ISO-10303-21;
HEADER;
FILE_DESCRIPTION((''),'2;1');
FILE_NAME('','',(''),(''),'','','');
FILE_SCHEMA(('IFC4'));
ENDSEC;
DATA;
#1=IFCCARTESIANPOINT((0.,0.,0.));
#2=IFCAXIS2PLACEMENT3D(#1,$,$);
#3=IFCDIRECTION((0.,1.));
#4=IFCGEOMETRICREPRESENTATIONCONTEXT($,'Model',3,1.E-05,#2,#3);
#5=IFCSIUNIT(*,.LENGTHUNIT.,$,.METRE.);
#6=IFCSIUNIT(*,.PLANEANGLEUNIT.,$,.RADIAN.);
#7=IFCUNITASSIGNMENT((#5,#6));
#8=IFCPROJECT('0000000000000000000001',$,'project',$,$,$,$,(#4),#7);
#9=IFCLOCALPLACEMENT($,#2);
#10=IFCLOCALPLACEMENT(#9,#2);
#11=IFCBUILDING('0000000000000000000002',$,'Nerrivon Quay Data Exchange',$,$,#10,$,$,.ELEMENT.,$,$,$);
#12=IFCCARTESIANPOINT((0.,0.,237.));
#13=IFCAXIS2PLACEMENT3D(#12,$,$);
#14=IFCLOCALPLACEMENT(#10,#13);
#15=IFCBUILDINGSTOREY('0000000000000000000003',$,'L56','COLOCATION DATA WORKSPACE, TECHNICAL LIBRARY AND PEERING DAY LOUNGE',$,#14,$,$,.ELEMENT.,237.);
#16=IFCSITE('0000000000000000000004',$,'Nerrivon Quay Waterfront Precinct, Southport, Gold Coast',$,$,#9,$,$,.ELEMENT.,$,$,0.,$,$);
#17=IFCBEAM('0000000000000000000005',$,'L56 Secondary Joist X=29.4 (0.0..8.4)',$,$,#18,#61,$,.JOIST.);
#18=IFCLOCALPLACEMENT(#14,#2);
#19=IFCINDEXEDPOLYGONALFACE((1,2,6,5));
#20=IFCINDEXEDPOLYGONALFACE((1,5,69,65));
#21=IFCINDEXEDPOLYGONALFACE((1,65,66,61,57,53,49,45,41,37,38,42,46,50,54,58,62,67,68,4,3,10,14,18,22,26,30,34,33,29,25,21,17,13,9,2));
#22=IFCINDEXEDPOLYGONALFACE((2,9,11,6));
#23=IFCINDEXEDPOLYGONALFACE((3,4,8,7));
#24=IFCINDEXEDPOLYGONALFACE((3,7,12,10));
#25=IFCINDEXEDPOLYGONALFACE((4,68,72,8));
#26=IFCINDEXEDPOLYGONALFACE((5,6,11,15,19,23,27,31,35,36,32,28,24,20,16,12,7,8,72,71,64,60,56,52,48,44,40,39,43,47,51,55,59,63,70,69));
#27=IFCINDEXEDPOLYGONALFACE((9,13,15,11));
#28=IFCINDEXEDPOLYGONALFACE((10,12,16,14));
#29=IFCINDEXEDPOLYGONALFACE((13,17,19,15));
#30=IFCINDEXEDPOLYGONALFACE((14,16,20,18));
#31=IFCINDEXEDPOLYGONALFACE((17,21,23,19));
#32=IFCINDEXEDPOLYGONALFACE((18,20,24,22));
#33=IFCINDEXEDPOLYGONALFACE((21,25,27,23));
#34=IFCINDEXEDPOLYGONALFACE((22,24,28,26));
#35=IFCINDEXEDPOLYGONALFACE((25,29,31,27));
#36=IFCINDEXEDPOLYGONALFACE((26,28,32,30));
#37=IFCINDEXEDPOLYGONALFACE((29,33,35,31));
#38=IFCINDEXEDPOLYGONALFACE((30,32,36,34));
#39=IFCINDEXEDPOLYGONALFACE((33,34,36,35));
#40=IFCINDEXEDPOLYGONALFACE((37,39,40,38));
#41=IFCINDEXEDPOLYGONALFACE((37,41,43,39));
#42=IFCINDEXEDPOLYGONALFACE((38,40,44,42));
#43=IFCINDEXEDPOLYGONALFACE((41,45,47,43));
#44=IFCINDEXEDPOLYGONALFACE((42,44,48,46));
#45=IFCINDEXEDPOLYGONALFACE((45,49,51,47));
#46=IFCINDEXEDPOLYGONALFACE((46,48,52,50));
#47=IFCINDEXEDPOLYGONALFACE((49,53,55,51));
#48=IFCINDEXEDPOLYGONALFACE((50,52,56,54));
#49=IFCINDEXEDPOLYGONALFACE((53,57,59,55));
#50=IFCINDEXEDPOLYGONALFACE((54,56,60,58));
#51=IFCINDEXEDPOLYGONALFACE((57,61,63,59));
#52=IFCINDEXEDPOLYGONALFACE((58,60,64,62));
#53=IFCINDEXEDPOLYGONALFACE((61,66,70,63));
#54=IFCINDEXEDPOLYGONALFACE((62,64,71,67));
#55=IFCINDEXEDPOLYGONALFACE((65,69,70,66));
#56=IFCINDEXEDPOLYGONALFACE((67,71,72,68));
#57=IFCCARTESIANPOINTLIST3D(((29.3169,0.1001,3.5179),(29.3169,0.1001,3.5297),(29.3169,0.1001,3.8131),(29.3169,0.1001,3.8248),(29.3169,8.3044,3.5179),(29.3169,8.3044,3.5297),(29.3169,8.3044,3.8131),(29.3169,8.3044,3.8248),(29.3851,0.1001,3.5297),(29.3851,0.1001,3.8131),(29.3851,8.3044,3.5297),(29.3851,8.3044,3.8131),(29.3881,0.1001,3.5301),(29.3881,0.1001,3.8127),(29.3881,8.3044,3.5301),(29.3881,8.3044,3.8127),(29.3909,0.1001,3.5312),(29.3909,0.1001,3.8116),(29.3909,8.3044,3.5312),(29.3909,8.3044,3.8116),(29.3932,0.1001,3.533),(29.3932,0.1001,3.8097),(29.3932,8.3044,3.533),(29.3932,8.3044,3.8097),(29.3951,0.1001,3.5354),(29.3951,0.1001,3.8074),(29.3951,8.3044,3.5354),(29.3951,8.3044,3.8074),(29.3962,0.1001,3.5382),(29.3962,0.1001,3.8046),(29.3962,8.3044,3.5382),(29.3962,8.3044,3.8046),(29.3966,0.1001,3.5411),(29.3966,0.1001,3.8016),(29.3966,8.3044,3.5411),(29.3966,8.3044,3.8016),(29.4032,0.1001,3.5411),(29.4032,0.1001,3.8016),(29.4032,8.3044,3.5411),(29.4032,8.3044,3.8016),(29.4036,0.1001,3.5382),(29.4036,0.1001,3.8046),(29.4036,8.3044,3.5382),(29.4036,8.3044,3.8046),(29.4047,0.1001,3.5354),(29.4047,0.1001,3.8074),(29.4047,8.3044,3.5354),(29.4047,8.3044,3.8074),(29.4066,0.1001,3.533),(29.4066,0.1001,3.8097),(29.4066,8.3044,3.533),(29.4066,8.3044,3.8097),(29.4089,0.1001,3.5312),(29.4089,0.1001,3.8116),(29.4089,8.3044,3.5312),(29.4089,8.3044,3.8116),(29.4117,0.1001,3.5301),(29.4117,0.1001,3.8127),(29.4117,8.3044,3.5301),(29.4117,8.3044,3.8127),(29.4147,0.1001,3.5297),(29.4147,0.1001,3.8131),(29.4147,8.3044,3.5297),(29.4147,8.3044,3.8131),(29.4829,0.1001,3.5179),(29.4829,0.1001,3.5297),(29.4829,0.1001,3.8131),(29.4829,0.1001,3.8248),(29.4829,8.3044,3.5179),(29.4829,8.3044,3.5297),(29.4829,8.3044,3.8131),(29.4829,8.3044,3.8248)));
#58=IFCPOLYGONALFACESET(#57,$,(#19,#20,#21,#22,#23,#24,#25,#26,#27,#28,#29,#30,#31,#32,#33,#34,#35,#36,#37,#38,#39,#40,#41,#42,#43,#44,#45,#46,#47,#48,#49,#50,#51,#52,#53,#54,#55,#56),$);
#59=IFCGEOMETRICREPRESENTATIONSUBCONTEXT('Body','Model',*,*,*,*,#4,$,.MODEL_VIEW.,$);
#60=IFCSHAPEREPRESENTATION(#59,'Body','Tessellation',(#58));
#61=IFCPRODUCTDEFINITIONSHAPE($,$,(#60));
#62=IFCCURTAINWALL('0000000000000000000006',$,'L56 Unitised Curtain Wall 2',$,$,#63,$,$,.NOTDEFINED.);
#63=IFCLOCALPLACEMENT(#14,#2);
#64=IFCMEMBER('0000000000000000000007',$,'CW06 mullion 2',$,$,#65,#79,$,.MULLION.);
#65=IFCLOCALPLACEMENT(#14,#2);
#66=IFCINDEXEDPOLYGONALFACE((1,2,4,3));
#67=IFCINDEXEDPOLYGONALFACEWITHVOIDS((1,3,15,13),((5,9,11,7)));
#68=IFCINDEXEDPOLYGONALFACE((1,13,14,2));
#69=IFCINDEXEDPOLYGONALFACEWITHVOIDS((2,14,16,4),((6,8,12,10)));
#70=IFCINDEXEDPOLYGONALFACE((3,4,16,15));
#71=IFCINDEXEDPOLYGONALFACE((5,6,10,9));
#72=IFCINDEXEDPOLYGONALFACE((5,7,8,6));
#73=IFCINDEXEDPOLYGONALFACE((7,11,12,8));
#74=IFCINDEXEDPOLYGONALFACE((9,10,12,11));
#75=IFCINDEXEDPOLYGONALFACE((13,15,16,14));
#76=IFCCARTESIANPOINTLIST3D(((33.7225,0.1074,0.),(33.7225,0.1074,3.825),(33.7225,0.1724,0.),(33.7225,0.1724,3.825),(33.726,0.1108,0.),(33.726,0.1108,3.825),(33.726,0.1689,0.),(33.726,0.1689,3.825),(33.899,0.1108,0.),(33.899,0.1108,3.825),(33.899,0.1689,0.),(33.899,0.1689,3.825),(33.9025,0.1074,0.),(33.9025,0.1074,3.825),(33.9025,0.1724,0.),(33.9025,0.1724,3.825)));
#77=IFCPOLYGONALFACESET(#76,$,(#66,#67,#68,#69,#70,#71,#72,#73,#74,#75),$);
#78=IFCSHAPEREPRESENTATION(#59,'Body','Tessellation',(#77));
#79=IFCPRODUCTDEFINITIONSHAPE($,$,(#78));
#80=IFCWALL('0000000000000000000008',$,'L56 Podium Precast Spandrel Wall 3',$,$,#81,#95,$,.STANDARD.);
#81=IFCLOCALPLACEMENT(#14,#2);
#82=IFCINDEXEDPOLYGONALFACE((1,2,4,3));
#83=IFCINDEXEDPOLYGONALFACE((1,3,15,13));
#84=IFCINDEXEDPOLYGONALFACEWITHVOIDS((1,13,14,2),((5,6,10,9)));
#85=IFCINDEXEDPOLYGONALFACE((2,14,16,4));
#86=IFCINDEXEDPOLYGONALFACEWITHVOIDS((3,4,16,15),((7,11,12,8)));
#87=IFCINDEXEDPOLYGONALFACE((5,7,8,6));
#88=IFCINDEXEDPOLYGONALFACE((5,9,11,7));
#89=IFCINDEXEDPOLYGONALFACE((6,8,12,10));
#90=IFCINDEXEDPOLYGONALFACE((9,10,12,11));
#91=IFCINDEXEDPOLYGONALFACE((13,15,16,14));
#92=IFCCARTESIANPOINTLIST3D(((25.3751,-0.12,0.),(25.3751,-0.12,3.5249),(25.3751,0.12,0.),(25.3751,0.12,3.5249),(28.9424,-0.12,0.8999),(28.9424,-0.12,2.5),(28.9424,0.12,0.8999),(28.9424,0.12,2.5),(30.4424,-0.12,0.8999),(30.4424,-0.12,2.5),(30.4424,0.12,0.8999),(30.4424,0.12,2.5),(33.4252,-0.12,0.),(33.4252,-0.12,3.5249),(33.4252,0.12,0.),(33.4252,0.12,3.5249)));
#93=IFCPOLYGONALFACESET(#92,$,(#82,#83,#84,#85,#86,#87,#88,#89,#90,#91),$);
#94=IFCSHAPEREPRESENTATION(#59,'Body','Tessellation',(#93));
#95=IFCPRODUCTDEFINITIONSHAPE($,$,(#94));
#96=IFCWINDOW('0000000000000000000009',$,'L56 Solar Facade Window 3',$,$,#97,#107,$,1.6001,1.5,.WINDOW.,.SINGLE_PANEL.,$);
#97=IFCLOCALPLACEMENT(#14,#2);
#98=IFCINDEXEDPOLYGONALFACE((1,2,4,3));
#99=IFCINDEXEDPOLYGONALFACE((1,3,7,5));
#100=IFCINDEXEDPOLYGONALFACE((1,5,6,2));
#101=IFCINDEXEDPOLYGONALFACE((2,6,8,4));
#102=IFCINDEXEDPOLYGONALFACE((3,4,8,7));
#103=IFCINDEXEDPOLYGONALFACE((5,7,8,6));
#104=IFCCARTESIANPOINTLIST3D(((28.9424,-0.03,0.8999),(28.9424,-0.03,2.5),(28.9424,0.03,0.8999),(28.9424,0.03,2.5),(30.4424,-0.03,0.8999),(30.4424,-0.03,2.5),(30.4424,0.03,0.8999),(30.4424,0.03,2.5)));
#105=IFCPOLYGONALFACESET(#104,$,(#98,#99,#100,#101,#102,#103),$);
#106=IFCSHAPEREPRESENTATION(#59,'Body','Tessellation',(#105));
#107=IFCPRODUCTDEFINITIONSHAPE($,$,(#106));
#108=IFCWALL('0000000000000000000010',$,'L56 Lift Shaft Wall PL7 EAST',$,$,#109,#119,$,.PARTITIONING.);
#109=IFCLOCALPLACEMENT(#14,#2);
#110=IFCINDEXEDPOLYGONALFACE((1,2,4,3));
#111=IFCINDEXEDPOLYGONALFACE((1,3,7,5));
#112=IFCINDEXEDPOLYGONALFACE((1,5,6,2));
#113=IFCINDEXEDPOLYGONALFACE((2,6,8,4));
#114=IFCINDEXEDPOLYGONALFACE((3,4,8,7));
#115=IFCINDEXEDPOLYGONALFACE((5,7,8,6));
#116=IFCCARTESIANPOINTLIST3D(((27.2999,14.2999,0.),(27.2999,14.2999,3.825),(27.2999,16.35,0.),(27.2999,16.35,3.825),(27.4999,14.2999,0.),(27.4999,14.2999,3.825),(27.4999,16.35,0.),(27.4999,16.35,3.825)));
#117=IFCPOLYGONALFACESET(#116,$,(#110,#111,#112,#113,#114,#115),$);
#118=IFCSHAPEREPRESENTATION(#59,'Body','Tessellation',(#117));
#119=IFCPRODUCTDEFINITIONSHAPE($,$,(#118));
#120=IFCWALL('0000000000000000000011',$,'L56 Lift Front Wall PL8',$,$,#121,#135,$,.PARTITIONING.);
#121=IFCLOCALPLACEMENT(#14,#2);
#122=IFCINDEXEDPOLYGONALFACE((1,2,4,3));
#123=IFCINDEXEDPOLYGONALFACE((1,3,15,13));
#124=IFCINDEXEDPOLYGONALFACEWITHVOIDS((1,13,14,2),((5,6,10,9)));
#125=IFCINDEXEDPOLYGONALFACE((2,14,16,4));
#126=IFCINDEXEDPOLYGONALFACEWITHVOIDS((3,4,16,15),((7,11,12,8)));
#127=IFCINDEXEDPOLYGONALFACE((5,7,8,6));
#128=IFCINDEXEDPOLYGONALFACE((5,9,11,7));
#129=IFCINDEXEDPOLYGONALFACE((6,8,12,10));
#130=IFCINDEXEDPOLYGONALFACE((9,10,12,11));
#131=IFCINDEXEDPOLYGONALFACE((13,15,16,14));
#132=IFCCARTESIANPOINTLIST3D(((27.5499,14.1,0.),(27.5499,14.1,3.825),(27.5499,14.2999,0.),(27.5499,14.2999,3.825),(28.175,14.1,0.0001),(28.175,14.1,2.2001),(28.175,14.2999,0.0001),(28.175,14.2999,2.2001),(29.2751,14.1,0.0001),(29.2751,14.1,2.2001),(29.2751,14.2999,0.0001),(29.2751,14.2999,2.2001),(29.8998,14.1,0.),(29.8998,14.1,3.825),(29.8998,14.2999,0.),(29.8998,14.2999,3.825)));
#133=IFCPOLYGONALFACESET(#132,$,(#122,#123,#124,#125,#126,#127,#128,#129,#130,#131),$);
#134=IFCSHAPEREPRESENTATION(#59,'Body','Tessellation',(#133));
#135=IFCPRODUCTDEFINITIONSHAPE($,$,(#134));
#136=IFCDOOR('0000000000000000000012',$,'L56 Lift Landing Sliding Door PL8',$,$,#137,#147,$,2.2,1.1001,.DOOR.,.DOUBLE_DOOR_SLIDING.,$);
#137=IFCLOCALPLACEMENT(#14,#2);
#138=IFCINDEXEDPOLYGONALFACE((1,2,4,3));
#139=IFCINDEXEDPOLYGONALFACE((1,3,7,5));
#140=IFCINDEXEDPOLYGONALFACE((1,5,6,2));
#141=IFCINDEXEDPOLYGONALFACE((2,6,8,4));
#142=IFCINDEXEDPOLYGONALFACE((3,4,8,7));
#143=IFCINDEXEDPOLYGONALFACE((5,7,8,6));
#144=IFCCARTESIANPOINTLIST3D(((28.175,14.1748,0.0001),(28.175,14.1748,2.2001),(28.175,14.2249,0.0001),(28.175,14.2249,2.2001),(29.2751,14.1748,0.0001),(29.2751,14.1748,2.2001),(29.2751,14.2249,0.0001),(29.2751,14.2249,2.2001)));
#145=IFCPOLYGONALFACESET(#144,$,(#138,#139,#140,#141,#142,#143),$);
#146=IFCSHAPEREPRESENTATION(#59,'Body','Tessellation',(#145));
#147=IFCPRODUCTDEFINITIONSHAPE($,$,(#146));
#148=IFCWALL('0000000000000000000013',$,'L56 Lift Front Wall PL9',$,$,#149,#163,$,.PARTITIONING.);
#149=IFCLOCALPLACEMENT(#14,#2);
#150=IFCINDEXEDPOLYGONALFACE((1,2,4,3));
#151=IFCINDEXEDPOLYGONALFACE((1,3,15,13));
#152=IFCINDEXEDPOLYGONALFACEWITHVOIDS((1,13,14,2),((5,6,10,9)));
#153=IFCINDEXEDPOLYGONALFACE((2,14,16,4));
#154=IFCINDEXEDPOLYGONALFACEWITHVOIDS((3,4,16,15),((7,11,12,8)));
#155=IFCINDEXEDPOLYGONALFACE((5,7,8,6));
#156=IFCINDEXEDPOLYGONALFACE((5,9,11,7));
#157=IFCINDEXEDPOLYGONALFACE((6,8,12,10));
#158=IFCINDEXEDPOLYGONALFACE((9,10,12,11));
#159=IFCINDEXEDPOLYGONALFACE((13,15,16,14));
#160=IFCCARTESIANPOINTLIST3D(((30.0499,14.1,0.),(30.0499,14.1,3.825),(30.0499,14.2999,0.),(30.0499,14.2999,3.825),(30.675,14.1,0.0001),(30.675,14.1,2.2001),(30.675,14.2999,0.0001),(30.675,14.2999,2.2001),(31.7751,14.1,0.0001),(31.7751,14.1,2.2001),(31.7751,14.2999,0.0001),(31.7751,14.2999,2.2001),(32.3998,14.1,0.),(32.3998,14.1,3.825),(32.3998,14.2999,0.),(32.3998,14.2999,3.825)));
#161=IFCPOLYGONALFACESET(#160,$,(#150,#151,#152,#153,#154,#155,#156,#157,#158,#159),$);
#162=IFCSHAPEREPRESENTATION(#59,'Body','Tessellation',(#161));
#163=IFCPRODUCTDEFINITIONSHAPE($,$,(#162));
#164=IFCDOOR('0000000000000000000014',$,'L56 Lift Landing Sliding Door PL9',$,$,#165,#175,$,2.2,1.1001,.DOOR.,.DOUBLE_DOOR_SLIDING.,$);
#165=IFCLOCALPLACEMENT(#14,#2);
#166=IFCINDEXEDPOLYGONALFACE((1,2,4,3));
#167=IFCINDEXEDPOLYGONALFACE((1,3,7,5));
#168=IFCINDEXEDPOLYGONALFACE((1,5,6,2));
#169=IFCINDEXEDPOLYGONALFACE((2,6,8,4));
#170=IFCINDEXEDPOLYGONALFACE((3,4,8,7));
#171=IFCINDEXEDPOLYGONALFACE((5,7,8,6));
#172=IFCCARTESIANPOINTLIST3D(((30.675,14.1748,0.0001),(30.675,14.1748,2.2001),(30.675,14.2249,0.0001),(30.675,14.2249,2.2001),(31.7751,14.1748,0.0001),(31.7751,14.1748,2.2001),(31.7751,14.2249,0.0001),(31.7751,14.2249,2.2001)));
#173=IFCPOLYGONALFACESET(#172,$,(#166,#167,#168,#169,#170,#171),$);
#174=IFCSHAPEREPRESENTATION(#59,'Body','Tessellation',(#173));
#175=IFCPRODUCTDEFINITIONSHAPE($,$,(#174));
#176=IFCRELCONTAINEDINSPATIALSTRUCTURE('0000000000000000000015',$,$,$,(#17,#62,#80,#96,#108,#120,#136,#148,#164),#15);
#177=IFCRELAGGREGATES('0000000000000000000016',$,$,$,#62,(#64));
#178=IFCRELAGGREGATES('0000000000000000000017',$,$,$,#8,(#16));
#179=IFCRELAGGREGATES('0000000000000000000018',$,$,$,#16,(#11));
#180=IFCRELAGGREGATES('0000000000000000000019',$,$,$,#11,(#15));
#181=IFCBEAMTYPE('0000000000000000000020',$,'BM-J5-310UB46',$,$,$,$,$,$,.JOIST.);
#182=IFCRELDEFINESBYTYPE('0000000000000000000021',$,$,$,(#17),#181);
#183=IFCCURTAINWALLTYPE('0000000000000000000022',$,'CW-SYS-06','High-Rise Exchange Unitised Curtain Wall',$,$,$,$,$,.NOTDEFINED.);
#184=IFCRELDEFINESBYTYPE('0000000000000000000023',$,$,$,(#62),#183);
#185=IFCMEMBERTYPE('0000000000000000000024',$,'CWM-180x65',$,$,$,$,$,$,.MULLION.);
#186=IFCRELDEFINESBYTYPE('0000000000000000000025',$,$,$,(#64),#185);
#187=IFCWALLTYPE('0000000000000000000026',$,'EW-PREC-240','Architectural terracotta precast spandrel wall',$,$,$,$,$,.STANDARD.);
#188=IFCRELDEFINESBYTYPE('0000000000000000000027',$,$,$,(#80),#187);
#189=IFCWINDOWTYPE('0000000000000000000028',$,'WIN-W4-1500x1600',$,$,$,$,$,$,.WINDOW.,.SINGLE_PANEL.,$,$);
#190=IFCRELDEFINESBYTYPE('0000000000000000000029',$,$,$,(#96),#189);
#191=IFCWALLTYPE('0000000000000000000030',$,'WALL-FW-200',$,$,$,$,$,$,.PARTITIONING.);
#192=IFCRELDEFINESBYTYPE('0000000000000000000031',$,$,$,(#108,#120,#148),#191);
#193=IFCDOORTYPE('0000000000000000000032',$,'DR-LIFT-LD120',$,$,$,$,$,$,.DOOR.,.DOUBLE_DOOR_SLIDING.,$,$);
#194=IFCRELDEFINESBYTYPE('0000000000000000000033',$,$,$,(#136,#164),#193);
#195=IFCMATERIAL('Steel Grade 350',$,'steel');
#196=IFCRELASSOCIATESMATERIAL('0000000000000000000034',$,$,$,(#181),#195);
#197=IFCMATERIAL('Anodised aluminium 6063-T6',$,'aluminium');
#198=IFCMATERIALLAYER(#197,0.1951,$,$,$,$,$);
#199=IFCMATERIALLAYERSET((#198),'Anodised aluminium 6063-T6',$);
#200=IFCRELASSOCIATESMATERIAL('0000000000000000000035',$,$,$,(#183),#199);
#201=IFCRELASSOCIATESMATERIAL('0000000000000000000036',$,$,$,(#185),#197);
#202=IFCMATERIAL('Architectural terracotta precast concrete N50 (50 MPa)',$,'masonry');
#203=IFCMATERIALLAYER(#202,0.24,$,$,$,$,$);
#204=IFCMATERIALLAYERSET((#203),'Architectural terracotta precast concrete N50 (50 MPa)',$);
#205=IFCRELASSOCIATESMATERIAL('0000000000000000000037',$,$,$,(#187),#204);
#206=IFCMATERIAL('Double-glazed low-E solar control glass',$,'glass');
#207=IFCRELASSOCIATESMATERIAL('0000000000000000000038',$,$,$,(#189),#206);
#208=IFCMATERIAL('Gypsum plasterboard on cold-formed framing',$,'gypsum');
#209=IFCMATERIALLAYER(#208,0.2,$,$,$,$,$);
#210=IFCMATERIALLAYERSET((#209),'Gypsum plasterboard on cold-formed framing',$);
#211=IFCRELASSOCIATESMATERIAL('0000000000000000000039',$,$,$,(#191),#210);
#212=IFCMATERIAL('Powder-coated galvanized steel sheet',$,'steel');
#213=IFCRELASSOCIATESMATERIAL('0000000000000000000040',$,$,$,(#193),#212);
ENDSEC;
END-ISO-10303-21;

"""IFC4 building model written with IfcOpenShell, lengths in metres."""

from ifc_helpers import new_model, si_unit, direction, frame, frame_2d, origin, origin_2d, place, context, subcontext, project, spatial, rectangle, hollow_rectangle, i_section, extrude, material, layer, layer_set, material_profile, profile_set, type_object, element, fill, aggregate, save


model = new_model("IFC4")

# Units and contexts
model_context = context("Model", 3, precision=1e-05, world=origin(), true_north=direction((0.0, 1.0)))
body_context = subcontext(model_context, "Body", "Model", "MODEL_VIEW")
ifc_project = project(units=[si_unit("LENGTHUNIT", "METRE"), si_unit("PLANEANGLEUNIT", "RADIAN")], contexts=[model_context])

# Site, building, storey
site_placement = place(None, origin())
site = spatial("IfcSite", under=ifc_project, at=site_placement, Name="Nerrivon Quay Waterfront Precinct, Southport, Gold Coast", CompositionType="ELEMENT", RefElevation=0.0)
building_placement = place(site_placement, origin())
building = spatial("IfcBuilding", under=site, at=building_placement, Name="Nerrivon Quay Data Exchange", CompositionType="ELEMENT")
storey_placement = place(building_placement, frame((0.0, 0.0, 237.0)))
storey = spatial("IfcBuildingStorey", under=building, at=storey_placement, Name="L56", Description="COLOCATION DATA WORKSPACE, TECHNICAL LIBRARY AND PEERING DAY LOUNGE", CompositionType="ELEMENT", Elevation=237.0)

# Shared definitions
ifc_material_1 = material(Name="Steel Grade 350", Category="steel")

# Beam
ifc_material_profile_1 = material_profile(ifc_material_1, i_section(OverallWidth=0.166, OverallDepth=0.3069, WebThickness=0.0066, FlangeThickness=0.0117, FilletRadius=0.0115, at=origin_2d()), Name="310UB46.2")
ifc_profile_set_1 = profile_set([ifc_material_profile_1], Name="Steel Grade 350")
beam_type_1 = type_object("IfcBeamType", Name="BM-J5-310UB46", PredefinedType="JOIST", material=ifc_profile_set_1)
beam_1_placement = place(storey_placement, frame((29.3999, 0.1001, 3.6714), z_axis=(0.0, 1.0, 0.0), x_axis=(-1.0, 0.0, 0.0)))
element("IfcBeam", 1, at=beam_1_placement, inside=storey, type_object=beam_type_1, Name="L56 Secondary Joist X=29.4 (0.0..8.4)", PredefinedType="JOIST", context=body_context, shape_type="SweptSolid", body=[
    extrude(i_section(OverallWidth=0.166, OverallDepth=0.3069, WebThickness=0.0066, FlangeThickness=0.0117, FilletRadius=0.0115, at=origin_2d()), origin(), (0.0, 0.0, 1.0), 8.2043),
])

# Curtain wall, member
ifc_material_2 = material(Name="Anodised aluminium 6063-T6", Category="aluminium")
ifc_layer_1 = layer(ifc_material_2, 0.1951)
ifc_layer_set_1 = layer_set([ifc_layer_1], Name="Anodised aluminium 6063-T6")
curtain_wall_type = type_object("IfcCurtainWallType", Name="CW-SYS-06", Description="High-Rise Exchange Unitised Curtain Wall", PredefinedType="NOTDEFINED", material=ifc_layer_set_1)
curtain_wall_placement = place(storey_placement, origin())
curtain_wall = element("IfcCurtainWall", 2, at=curtain_wall_placement, inside=storey, type_object=curtain_wall_type, Name="L56 Unitised Curtain Wall 2", PredefinedType="NOTDEFINED")
ifc_material_profile_2 = material_profile(ifc_material_2, hollow_rectangle(XDim=0.0649, YDim=0.1799, WallThickness=0.0034, at=origin_2d()), Name="ALU-MULL-180x65")
ifc_profile_set_2 = profile_set([ifc_material_profile_2], Name="Anodised aluminium 6063-T6")
member_type = type_object("IfcMemberType", Name="CWM-180x65", PredefinedType="MULLION", material=ifc_profile_set_2)
member_placement = place(storey_placement, frame((33.8125, 0.1399, 0.0), z_axis=(0.0, 0.0, 1.0), x_axis=(0.0, -1.0, 0.0)))
member = element("IfcMember", 3, at=member_placement, type_object=member_type, Name="CW06 mullion 2", PredefinedType="MULLION", context=body_context, shape_type="SweptSolid", body=[
    extrude(hollow_rectangle(XDim=0.0649, YDim=0.1799, WallThickness=0.0034, at=origin_2d()), origin(), (0.0, 0.0, 1.0), 3.825),
])
aggregate(curtain_wall, [member])

# Wall, opening, window
ifc_material_3 = material(Name="Architectural terracotta precast concrete N50 (50 MPa)", Category="masonry")
ifc_layer_2 = layer(ifc_material_3, 0.24)
ifc_layer_set_2 = layer_set([ifc_layer_2], Name="Architectural terracotta precast concrete N50 (50 MPa)")
wall_type_1 = type_object("IfcWallType", Name="EW-PREC-240", Description="Architectural terracotta precast spandrel wall", PredefinedType="STANDARD", material=ifc_layer_set_2)
wall_1_placement = place(storey_placement, frame((33.425, 0.0, 0.0), z_axis=(0.0, 0.0, 1.0), x_axis=(-1.0, 0.0, 0.0)))
wall_1 = element("IfcWall", 4, at=wall_1_placement, inside=storey, type_object=wall_type_1, Name="L56 Podium Precast Spandrel Wall 3", PredefinedType="STANDARD", context=body_context, shape_type="SweptSolid", body=[
    extrude(rectangle(XDim=8.05, YDim=0.24, at=frame_2d((4.0249, 0.0))), origin(), (0.0, 0.0, 1.0), 3.5249),
])
opening_1_placement = place(wall_1_placement, frame((2.9827, 0.0, 0.8999)))
opening_1 = element("IfcOpeningElement", 5, at=opening_1_placement, cuts=wall_1, PredefinedType="OPENING", context=body_context, shape_type="SweptSolid", body=[
    extrude(rectangle(XDim=1.5, YDim=1.6001, at=frame_2d((0.75, 0.8))), frame((0.0, 0.1299, 0.0), z_axis=(0.0, -1.0, 0.0), x_axis=(1.0, 0.0, 0.0)), (0.0, 0.0, 1.0), 0.26),
])
ifc_material_4 = material(Name="Double-glazed low-E solar control glass", Category="glass")
window_type = type_object("IfcWindowType", Name="WIN-W4-1500x1600", PartitioningType="SINGLE_PANEL", PredefinedType="WINDOW", material=ifc_material_4)
window_placement = place(opening_1_placement, origin())
window = element("IfcWindow", 6, at=window_placement, inside=storey, type_object=window_type, Name="L56 Solar Facade Window 3", OverallHeight=1.6001, OverallWidth=1.5, PartitioningType="SINGLE_PANEL", PredefinedType="WINDOW", context=body_context, shape_type="SweptSolid", body=[
    extrude(rectangle(XDim=1.5, YDim=1.6001, at=frame_2d((0.75, 0.8))), frame((0.0, 0.03, 0.0), z_axis=(0.0, -1.0, 0.0), x_axis=(1.0, 0.0, 0.0)), (0.0, 0.0, 1.0), 0.0601),
])
fill(opening_1, window)

# Shared definitions
ifc_material_5 = material(Name="Powder-coated galvanized steel sheet", Category="steel")

# Wall
ifc_material_6 = material(Name="Gypsum plasterboard on cold-formed framing", Category="gypsum")
ifc_layer_3 = layer(ifc_material_6, 0.2)
ifc_layer_set_3 = layer_set([ifc_layer_3], Name="Gypsum plasterboard on cold-formed framing")
wall_type_2 = type_object("IfcWallType", Name="WALL-FW-200", PredefinedType="PARTITIONING", material=ifc_layer_set_3)
wall_2_placement = place(storey_placement, frame((27.3999, 14.3, 0.0), z_axis=(0.0, 0.0, 1.0), x_axis=(0.0, 1.0, 0.0)))
element("IfcWall", 7, at=wall_2_placement, inside=storey, type_object=wall_type_2, Name="L56 Lift Shaft Wall PL7 EAST", PredefinedType="PARTITIONING", context=body_context, shape_type="SweptSolid", body=[
    extrude(rectangle(XDim=2.05, YDim=0.2, at=frame_2d((1.0249, 0.0))), origin(), (0.0, 0.0, 1.0), 3.825),
])

# Walls, openings, doors
wall_3_placement = place(storey_placement, frame((27.55, 14.2, 0.0), z_axis=(0.0, 0.0, 1.0), x_axis=(1.0, 0.0, 0.0)))
wall_3 = element("IfcWall", 8, at=wall_3_placement, inside=storey, type_object=wall_type_2, Name="L56 Lift Front Wall PL8", PredefinedType="PARTITIONING", context=body_context, shape_type="SweptSolid", body=[
    extrude(rectangle(XDim=2.3499, YDim=0.2, at=frame_2d((1.1748, 0.0))), origin(), (0.0, 0.0, 1.0), 3.825),
])
opening_2_placement = place(wall_3_placement, frame((0.625, 0.0, 0.0)))
opening_2 = element("IfcOpeningElement", 9, at=opening_2_placement, cuts=wall_3, PredefinedType="OPENING", context=body_context, shape_type="SweptSolid", body=[
    extrude(rectangle(XDim=1.1001, YDim=2.2, at=frame_2d((0.55, 1.1001))), frame((0.0, 0.1099, 0.0), z_axis=(0.0, -1.0, 0.0), x_axis=(1.0, 0.0, 0.0)), (0.0, 0.0, 1.0), 0.22),
])
door_type_1 = type_object("IfcDoorType", Name="DR-LIFT-LD120", OperationType="DOUBLE_DOOR_SLIDING", PredefinedType="DOOR", material=ifc_material_5)
door_1_placement = place(opening_2_placement, origin())
door_1 = element("IfcDoor", 10, at=door_1_placement, inside=storey, type_object=door_type_1, Name="L56 Lift Landing Sliding Door PL8", OperationType="DOUBLE_DOOR_SLIDING", OverallHeight=2.2, OverallWidth=1.1001, PredefinedType="DOOR", context=body_context, shape_type="SweptSolid", body=[
    extrude(rectangle(XDim=1.1001, YDim=2.2, at=frame_2d((0.55, 1.1001))), frame((0.0, 0.0249, 0.0), z_axis=(0.0, -1.0, 0.0), x_axis=(1.0, 0.0, 0.0)), (0.0, 0.0, 1.0), 0.05),
])
fill(opening_2, door_1)
wall_4_placement = place(storey_placement, frame((30.05, 14.2, 0.0), z_axis=(0.0, 0.0, 1.0), x_axis=(1.0, 0.0, 0.0)))
wall_4 = element("IfcWall", 11, at=wall_4_placement, inside=storey, type_object=wall_type_2, Name="L56 Lift Front Wall PL9", PredefinedType="PARTITIONING", context=body_context, shape_type="SweptSolid", body=[
    extrude(rectangle(XDim=2.3499, YDim=0.2, at=frame_2d((1.1748, 0.0))), origin(), (0.0, 0.0, 1.0), 3.825),
])
opening_3_placement = place(wall_4_placement, frame((0.625, 0.0, 0.0)))
opening_3 = element("IfcOpeningElement", 12, at=opening_3_placement, cuts=wall_4, PredefinedType="OPENING", context=body_context, shape_type="SweptSolid", body=[
    extrude(rectangle(XDim=1.1001, YDim=2.2, at=frame_2d((0.55, 1.1001))), frame((0.0, 0.1099, 0.0), z_axis=(0.0, -1.0, 0.0), x_axis=(1.0, 0.0, 0.0)), (0.0, 0.0, 1.0), 0.22),
])
door_2_placement = place(opening_3_placement, origin())
door_2 = element("IfcDoor", 13, at=door_2_placement, inside=storey, type_object=door_type_1, Name="L56 Lift Landing Sliding Door PL9", OperationType="DOUBLE_DOOR_SLIDING", OverallHeight=2.2, OverallWidth=1.1001, PredefinedType="DOOR", context=body_context, shape_type="SweptSolid", body=[
    extrude(rectangle(XDim=1.1001, YDim=2.2, at=frame_2d((0.55, 1.1001))), frame((0.0, 0.0249, 0.0), z_axis=(0.0, -1.0, 0.0), x_axis=(1.0, 0.0, 0.0)), (0.0, 0.0, 1.0), 0.05),
])
fill(opening_3, door_2)

save(model, "model.ifc")
